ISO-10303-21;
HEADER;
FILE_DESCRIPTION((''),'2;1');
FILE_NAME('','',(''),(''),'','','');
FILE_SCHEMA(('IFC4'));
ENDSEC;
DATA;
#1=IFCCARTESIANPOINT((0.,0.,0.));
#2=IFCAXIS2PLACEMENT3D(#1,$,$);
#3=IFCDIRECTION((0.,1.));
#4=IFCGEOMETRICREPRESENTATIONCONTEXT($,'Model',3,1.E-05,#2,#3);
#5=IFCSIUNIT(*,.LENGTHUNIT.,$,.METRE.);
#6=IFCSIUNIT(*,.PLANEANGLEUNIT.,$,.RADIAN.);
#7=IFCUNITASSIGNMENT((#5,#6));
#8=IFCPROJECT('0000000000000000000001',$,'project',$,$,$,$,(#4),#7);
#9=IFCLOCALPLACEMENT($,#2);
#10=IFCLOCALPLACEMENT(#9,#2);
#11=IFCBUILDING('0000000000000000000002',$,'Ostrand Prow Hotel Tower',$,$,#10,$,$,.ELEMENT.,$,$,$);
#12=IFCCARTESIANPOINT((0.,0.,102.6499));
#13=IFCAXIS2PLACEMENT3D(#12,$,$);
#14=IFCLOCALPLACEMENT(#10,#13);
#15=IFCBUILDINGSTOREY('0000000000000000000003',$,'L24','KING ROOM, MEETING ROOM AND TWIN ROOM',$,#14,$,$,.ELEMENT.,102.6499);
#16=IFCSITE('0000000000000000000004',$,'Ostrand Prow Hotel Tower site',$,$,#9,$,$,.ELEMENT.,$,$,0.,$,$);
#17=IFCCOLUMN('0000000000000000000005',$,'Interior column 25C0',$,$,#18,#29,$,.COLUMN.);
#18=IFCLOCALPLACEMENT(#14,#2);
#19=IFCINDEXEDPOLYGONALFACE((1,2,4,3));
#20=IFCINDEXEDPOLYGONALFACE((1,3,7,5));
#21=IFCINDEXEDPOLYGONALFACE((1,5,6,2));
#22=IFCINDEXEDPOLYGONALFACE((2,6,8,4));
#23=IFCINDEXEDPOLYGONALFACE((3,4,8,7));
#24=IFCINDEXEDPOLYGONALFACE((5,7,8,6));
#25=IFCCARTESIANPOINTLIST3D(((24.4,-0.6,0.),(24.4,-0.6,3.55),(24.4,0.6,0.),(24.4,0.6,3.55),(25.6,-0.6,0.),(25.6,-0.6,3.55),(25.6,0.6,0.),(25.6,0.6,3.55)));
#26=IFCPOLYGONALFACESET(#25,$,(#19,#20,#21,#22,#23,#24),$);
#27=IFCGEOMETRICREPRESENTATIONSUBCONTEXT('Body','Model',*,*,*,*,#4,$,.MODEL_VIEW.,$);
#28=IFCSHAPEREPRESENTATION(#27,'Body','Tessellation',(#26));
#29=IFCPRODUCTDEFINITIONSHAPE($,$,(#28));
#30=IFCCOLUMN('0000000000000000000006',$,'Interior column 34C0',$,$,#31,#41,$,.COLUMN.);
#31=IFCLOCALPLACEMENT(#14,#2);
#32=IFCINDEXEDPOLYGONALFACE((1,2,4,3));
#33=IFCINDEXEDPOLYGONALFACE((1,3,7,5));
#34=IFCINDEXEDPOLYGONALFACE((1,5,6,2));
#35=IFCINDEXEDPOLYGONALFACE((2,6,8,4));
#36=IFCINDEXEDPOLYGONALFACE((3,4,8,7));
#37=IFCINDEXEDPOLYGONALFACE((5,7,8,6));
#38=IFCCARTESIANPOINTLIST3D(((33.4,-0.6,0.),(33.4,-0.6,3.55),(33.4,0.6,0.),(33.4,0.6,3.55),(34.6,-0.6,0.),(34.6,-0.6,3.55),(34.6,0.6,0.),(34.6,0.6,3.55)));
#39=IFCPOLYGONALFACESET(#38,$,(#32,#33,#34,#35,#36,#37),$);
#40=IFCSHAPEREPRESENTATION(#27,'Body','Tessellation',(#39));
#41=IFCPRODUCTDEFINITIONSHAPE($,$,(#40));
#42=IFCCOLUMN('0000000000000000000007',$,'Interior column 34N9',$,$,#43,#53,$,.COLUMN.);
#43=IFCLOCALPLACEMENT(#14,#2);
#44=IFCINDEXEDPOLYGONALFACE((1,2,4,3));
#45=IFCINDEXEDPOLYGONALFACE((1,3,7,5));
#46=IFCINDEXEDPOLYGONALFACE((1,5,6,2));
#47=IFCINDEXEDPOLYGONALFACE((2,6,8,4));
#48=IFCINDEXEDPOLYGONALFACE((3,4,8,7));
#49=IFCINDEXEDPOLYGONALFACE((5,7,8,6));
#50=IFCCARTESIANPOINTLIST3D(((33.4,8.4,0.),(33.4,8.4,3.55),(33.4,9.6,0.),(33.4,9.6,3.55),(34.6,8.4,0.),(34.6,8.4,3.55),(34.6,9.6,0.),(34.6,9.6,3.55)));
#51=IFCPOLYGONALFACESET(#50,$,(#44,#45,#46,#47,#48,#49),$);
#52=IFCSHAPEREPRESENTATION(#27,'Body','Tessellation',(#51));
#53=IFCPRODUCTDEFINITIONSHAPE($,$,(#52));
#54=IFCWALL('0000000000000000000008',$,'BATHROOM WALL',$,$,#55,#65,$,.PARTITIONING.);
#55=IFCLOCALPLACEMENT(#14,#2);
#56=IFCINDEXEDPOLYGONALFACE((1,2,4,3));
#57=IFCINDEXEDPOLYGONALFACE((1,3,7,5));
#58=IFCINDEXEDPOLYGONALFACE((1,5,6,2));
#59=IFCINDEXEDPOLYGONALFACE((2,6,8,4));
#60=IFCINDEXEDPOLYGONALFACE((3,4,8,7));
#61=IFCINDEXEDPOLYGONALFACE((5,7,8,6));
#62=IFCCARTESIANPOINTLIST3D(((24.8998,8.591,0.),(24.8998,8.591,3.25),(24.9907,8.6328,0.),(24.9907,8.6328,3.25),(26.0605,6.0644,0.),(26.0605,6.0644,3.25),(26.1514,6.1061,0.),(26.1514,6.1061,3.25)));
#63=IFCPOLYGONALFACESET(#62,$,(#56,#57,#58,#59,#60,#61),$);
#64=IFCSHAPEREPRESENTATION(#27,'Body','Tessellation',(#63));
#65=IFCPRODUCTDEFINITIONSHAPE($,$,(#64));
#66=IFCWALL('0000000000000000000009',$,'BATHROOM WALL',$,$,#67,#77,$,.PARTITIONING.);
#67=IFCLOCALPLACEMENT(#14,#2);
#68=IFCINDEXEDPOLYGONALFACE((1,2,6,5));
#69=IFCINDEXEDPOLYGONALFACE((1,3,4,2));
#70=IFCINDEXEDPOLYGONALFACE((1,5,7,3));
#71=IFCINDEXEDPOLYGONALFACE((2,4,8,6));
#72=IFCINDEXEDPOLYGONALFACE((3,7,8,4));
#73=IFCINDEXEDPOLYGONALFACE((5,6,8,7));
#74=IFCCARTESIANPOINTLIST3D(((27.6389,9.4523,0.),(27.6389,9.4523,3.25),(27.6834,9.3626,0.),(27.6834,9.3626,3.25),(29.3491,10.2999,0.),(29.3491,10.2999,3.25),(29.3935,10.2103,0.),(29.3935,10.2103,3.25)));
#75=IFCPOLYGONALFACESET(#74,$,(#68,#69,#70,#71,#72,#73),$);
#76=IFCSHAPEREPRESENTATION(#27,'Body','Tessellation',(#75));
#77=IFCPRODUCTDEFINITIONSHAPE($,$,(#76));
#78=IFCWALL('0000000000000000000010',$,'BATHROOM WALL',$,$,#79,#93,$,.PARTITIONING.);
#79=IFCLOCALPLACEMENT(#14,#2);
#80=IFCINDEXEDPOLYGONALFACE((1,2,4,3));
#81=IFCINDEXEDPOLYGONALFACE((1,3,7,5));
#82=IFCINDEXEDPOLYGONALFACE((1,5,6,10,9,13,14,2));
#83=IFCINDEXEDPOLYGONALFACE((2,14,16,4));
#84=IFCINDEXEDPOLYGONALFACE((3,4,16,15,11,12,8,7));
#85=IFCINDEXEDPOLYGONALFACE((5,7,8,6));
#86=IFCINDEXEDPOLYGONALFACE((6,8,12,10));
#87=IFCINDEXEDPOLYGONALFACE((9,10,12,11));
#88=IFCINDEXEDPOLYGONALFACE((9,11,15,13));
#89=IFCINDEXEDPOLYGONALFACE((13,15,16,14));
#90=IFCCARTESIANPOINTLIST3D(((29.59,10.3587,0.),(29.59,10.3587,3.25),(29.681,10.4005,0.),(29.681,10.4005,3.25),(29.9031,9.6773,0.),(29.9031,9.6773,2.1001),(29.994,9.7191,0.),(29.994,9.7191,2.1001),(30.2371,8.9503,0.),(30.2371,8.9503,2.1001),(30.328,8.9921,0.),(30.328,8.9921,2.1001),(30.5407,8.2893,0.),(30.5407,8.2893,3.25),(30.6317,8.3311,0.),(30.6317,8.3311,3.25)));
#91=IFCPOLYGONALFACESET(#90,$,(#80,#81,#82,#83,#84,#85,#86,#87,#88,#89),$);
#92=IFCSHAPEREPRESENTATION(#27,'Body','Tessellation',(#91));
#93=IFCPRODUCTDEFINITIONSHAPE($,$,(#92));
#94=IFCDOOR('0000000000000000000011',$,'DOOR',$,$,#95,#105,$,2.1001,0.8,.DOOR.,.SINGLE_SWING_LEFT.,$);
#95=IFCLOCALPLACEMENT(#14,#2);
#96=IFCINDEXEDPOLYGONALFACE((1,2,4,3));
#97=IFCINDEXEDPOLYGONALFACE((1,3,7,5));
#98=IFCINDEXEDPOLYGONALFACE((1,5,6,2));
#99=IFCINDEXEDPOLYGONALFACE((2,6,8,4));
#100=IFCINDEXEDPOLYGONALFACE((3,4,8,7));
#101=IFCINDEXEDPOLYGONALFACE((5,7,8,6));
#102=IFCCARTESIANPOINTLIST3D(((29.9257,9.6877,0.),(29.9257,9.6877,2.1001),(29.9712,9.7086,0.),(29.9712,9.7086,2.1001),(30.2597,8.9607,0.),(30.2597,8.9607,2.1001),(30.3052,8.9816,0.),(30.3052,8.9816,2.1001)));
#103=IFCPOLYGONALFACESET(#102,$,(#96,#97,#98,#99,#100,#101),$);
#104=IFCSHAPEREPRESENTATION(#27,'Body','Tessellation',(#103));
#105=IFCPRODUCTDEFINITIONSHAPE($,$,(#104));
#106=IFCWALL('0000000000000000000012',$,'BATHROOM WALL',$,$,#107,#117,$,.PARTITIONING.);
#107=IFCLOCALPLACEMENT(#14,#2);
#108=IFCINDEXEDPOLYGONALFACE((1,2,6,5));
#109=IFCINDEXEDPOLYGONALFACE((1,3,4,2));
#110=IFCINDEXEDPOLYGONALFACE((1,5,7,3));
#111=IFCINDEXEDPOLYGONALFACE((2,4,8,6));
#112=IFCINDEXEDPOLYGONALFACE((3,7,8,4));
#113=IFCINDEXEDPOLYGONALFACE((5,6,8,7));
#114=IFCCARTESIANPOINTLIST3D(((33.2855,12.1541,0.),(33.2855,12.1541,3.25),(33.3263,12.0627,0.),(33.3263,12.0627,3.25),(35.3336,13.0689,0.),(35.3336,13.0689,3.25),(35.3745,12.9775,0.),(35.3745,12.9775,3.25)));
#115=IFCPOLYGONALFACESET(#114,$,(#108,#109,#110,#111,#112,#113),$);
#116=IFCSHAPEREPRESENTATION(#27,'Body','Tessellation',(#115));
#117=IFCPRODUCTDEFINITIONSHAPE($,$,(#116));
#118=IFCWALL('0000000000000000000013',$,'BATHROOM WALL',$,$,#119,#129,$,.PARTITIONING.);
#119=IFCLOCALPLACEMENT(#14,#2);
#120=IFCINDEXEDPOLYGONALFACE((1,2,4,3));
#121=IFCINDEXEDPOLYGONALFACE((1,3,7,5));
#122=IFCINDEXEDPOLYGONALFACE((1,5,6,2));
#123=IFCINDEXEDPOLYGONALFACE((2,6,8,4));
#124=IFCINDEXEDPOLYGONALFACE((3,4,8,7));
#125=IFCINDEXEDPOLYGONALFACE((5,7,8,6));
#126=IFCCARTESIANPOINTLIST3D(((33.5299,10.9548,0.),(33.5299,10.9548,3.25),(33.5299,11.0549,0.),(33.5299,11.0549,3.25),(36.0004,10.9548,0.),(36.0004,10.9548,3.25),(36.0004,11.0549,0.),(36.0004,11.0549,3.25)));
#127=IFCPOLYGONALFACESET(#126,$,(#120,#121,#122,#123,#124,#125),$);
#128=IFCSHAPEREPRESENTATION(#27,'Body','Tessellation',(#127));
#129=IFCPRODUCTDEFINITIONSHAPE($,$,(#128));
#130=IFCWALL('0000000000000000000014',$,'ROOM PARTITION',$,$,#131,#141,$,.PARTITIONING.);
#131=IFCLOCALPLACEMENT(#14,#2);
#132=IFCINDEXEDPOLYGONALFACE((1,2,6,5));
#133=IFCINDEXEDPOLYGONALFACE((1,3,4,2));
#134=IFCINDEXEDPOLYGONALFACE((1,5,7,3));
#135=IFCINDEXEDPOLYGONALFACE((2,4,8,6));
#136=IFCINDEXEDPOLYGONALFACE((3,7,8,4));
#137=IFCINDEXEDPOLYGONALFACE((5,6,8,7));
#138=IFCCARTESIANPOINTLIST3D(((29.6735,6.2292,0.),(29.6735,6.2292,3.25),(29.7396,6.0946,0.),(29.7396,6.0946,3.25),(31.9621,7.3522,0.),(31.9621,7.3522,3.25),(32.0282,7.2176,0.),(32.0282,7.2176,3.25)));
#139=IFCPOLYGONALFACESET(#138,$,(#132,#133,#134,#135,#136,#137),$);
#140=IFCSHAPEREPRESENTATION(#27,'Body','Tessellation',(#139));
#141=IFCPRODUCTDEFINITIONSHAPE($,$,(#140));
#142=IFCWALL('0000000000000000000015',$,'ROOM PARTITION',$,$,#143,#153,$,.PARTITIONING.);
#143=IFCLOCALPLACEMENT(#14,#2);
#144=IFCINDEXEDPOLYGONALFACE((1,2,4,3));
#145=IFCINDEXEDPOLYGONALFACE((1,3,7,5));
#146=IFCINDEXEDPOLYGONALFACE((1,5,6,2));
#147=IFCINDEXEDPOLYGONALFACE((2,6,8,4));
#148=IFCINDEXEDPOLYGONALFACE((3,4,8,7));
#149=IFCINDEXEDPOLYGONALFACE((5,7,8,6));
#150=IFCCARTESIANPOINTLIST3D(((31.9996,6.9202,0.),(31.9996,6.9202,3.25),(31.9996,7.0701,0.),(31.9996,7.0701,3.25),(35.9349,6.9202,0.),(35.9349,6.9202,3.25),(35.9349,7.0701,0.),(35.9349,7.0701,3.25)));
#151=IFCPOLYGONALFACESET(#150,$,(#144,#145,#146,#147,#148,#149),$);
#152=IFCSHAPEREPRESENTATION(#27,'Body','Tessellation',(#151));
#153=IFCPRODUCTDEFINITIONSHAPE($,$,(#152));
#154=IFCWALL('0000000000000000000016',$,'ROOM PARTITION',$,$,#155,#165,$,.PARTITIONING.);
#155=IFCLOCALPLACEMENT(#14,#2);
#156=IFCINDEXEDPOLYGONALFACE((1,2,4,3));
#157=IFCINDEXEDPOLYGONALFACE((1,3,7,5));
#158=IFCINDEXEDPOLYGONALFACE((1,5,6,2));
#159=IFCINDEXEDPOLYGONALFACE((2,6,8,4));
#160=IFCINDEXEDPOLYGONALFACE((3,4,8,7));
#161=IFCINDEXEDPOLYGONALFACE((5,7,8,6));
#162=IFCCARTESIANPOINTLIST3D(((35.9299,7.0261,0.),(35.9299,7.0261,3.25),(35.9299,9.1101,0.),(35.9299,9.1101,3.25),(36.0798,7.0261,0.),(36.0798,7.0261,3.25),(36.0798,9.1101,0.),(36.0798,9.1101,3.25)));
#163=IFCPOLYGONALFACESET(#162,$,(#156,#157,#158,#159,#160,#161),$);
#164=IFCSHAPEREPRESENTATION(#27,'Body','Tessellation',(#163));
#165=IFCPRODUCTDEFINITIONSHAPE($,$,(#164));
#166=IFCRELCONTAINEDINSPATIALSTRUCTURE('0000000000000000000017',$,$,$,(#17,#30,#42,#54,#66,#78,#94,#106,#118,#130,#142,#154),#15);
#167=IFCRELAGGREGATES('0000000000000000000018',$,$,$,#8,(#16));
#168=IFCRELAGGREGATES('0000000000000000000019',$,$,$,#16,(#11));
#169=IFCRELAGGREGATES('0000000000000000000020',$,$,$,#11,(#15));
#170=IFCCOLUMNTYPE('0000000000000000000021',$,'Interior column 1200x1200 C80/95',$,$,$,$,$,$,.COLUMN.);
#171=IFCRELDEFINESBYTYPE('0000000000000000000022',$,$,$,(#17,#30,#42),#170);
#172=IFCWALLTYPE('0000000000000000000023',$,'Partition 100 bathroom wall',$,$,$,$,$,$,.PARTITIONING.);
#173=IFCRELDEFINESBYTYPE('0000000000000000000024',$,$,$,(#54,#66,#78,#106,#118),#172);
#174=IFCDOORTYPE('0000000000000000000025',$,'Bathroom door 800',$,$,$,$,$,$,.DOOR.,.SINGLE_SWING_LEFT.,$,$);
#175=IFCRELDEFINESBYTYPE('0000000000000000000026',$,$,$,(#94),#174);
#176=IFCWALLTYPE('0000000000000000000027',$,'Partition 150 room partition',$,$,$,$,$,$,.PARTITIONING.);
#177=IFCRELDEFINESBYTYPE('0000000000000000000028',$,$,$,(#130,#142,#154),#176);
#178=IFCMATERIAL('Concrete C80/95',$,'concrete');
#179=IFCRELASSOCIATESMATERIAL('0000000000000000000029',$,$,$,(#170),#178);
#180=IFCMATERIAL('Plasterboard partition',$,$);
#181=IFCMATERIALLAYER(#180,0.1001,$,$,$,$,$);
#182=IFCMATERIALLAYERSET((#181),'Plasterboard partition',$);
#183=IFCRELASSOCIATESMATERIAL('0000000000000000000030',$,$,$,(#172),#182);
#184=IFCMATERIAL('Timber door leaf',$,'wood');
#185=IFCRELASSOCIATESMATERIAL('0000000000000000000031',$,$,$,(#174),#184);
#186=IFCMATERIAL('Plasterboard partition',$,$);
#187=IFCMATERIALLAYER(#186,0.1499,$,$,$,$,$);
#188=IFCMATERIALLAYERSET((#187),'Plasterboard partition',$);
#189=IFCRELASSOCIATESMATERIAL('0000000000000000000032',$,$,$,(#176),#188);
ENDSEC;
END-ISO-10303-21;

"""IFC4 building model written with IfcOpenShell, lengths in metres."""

from ifc_helpers import new_model, si_unit, direction, frame, frame_2d, origin, origin_2d, place, context, subcontext, project, spatial, rectangle, extrude, material, layer, layer_set, material_profile, profile_set, type_object, element, fill, save


model = new_model("IFC4")

# Units and contexts
model_context = context("Model", 3, precision=1e-05, world=origin(), true_north=direction((0.0, 1.0)))
body_context = subcontext(model_context, "Body", "Model", "MODEL_VIEW")
ifc_project = project(units=[si_unit("LENGTHUNIT", "METRE"), si_unit("PLANEANGLEUNIT", "RADIAN")], contexts=[model_context])

# Site, building, storey
site_placement = place(None, origin())
site = spatial("IfcSite", under=ifc_project, at=site_placement, Name="Ostrand Prow Hotel Tower site", CompositionType="ELEMENT", RefElevation=0.0)
building_placement = place(site_placement, origin())
building = spatial("IfcBuilding", under=site, at=building_placement, Name="Ostrand Prow Hotel Tower", CompositionType="ELEMENT")
storey_placement = place(building_placement, frame((0.0, 0.0, 102.6499)))
storey = spatial("IfcBuildingStorey", under=building, at=storey_placement, Name="L24", Description="KING ROOM, MEETING ROOM AND TWIN ROOM", CompositionType="ELEMENT", Elevation=102.6499)

# Columns
ifc_material_1 = material(Name="Concrete C80/95", Category="concrete")
ifc_material_profile = material_profile(ifc_material_1, rectangle(XDim=1.2, YDim=1.2, at=origin_2d()), Name="RC 1200x1200")
ifc_profile_set = profile_set([ifc_material_profile], Name="Concrete C80/95")
column_type = type_object("IfcColumnType", Name="Interior column 1200x1200 C80/95", PredefinedType="COLUMN", material=ifc_profile_set)
for number, where, z_axis, x_axis, name in (
    (1, (25.0, 0.0, 0.0), (0.0, 0.0, 1.0), (1.0, 0.0, 0.0), "Interior column 25C0"),
    (2, (34.0, 0.0, 0.0), (0.0, 0.0, 1.0), (1.0, 0.0, 0.0), "Interior column 34C0"),
    (3, (34.0, 9.0, 0.0), (0.0, 0.0, 1.0), (1.0, 0.0, 0.0), "Interior column 34N9"),
):
    element("IfcColumn", number, at=place(storey_placement, frame(where, z_axis=z_axis, x_axis=x_axis)), inside=storey, type_object=column_type, Name=name, PredefinedType="COLUMN", context=body_context, shape_type="SweptSolid", body=[
        extrude(rectangle(XDim=1.2, YDim=1.2, at=origin_2d()), origin(), (0.0, 0.0, 1.0), 3.55),
    ])

# Walls
ifc_material_2 = material(Name="Plasterboard partition")
ifc_layer_1 = layer(ifc_material_2, 0.1001)
ifc_layer_set_1 = layer_set([ifc_layer_1], Name="Plasterboard partition")
wall_type_1 = type_object("IfcWallType", Name="Partition 100 bathroom wall", PredefinedType="PARTITIONING", material=ifc_layer_set_1)
wall_1_placement = place(storey_placement, frame((24.9453, 8.6118, 0.0), z_axis=(0.0, 0.0, 1.0), x_axis=(0.417432, -0.908708, 0.0)))
element("IfcWall", 4, at=wall_1_placement, inside=storey, type_object=wall_type_1, Name="BATHROOM WALL", PredefinedType="PARTITIONING", context=body_context, shape_type="SweptSolid", body=[
    extrude(rectangle(XDim=2.7805, YDim=0.1001, at=frame_2d((1.3901, 0.0))), origin(), (0.0, 0.0, 1.0), 3.25),
])
wall_2_placement = place(storey_placement, frame((27.6611, 9.4075, 0.0), z_axis=(0.0, 0.0, 1.0), x_axis=(0.895982, 0.44409, 0.0)))
element("IfcWall", 5, at=wall_2_placement, inside=storey, type_object=wall_type_1, Name="BATHROOM WALL", PredefinedType="PARTITIONING", context=body_context, shape_type="SweptSolid", body=[
    extrude(rectangle(XDim=1.9087, YDim=0.1001, at=frame_2d((0.9543, 0.0))), origin(), (0.0, 0.0, 1.0), 3.25),
])

# Wall, opening, door
wall_3_placement = place(storey_placement, frame((29.6355, 10.3796, 0.0), z_axis=(0.0, 0.0, 1.0), x_axis=(0.417467, -0.908692, 0.0)))
wall_3 = element("IfcWall", 6, at=wall_3_placement, inside=storey, type_object=wall_type_1, Name="BATHROOM WALL", PredefinedType="PARTITIONING", context=body_context, shape_type="SweptSolid", body=[
    extrude(rectangle(XDim=2.2773, YDim=0.1001, at=frame_2d((1.1387, 0.0))), origin(), (0.0, 0.0, 1.0), 3.25),
])
opening_1_placement = place(wall_3_placement, frame((0.75, 0.0, 0.0)))
opening_1 = element("IfcOpeningElement", 7, at=opening_1_placement, cuts=wall_3, PredefinedType="OPENING", context=body_context, shape_type="SweptSolid", body=[
    extrude(rectangle(XDim=0.8, YDim=2.1001, at=frame_2d((0.3999, 1.05))), frame((0.0, 0.0601, 0.0), z_axis=(0.0, -1.0, 0.0), x_axis=(1.0, 0.0, 0.0)), (0.0, 0.0, 1.0), 0.1201),
])
ifc_material_3 = material(Name="Timber door leaf", Category="wood")
door_type_1 = type_object("IfcDoorType", Name="Bathroom door 800", OperationType="SINGLE_SWING_LEFT", PredefinedType="DOOR", material=ifc_material_3)
door_1_placement = place(opening_1_placement, origin())
door_1 = element("IfcDoor", 8, at=door_1_placement, inside=storey, type_object=door_type_1, Name="DOOR", OperationType="SINGLE_SWING_LEFT", OverallHeight=2.1001, OverallWidth=0.8, PredefinedType="DOOR", context=body_context, shape_type="SweptSolid", body=[
    extrude(rectangle(XDim=0.8, YDim=2.1001, at=frame_2d((0.3999, 1.05))), frame((0.0, 0.0249, 0.0), z_axis=(0.0, -1.0, 0.0), x_axis=(1.0, 0.0, 0.0)), (0.0, 0.0, 1.0), 0.05),
])
fill(opening_1, door_1)

# Walls
wall_4_placement = place(storey_placement, frame((33.3059, 12.1084, 0.0), z_axis=(0.0, 0.0, 1.0), x_axis=(0.91306, 0.407824, 0.0)))
element("IfcWall", 9, at=wall_4_placement, inside=storey, type_object=wall_type_1, Name="BATHROOM WALL", PredefinedType="PARTITIONING", context=body_context, shape_type="SweptSolid", body=[
    extrude(rectangle(XDim=2.2432, YDim=0.1001, at=frame_2d((1.1216, 0.0))), origin(), (0.0, 0.0, 1.0), 3.25),
])
wall_5_placement = place(storey_placement, frame((36.0005, 11.0049, 0.0), z_axis=(0.0, 0.0, 1.0), x_axis=(-1.0, 0.0, 0.0)))
element("IfcWall", 10, at=wall_5_placement, inside=storey, type_object=wall_type_1, Name="BATHROOM WALL", PredefinedType="PARTITIONING", context=body_context, shape_type="SweptSolid", body=[
    extrude(rectangle(XDim=2.4705, YDim=0.1001, at=frame_2d((1.2354, 0.0))), origin(), (0.0, 0.0, 1.0), 3.25),
])
ifc_material_4 = material(Name="Plasterboard partition")
ifc_layer_2 = layer(ifc_material_4, 0.1499)
ifc_layer_set_2 = layer_set([ifc_layer_2], Name="Plasterboard partition")
wall_type_2 = type_object("IfcWallType", Name="Partition 150 room partition", PredefinedType="PARTITIONING", material=ifc_layer_set_2)
wall_6_placement = place(storey_placement, frame((29.7065, 6.1619, 0.0), z_axis=(0.0, 0.0, 1.0), x_axis=(0.897735, 0.440536, 0.0)))
element("IfcWall", 11, at=wall_6_placement, inside=storey, type_object=wall_type_2, Name="ROOM PARTITION", PredefinedType="PARTITIONING", context=body_context, shape_type="SweptSolid", body=[
    extrude(rectangle(XDim=2.5493, YDim=0.1499, at=frame_2d((1.2747, 0.0))), origin(), (0.0, 0.0, 1.0), 3.25),
])
wall_7_placement = place(storey_placement, frame((31.9995, 6.9951, 0.0), z_axis=(0.0, 0.0, 1.0), x_axis=(1.0, 0.0, 0.0)))
element("IfcWall", 12, at=wall_7_placement, inside=storey, type_object=wall_type_2, Name="ROOM PARTITION", PredefinedType="PARTITIONING", context=body_context, shape_type="SweptSolid", body=[
    extrude(rectangle(XDim=3.9353, YDim=0.1499, at=frame_2d((1.9678, 0.0))), origin(), (0.0, 0.0, 1.0), 3.25),
])
wall_8_placement = place(storey_placement, frame((36.0049, 7.0261, 0.0), z_axis=(0.0, 0.0, 1.0), x_axis=(0.0, 1.0, 0.0)))
element("IfcWall", 13, at=wall_8_placement, inside=storey, type_object=wall_type_2, Name="ROOM PARTITION", PredefinedType="PARTITIONING", context=body_context, shape_type="SweptSolid", body=[
    extrude(rectangle(XDim=2.084, YDim=0.1499, at=frame_2d((1.042, 0.0))), origin(), (0.0, 0.0, 1.0), 3.25),
])

save(model, "model.ifc")
